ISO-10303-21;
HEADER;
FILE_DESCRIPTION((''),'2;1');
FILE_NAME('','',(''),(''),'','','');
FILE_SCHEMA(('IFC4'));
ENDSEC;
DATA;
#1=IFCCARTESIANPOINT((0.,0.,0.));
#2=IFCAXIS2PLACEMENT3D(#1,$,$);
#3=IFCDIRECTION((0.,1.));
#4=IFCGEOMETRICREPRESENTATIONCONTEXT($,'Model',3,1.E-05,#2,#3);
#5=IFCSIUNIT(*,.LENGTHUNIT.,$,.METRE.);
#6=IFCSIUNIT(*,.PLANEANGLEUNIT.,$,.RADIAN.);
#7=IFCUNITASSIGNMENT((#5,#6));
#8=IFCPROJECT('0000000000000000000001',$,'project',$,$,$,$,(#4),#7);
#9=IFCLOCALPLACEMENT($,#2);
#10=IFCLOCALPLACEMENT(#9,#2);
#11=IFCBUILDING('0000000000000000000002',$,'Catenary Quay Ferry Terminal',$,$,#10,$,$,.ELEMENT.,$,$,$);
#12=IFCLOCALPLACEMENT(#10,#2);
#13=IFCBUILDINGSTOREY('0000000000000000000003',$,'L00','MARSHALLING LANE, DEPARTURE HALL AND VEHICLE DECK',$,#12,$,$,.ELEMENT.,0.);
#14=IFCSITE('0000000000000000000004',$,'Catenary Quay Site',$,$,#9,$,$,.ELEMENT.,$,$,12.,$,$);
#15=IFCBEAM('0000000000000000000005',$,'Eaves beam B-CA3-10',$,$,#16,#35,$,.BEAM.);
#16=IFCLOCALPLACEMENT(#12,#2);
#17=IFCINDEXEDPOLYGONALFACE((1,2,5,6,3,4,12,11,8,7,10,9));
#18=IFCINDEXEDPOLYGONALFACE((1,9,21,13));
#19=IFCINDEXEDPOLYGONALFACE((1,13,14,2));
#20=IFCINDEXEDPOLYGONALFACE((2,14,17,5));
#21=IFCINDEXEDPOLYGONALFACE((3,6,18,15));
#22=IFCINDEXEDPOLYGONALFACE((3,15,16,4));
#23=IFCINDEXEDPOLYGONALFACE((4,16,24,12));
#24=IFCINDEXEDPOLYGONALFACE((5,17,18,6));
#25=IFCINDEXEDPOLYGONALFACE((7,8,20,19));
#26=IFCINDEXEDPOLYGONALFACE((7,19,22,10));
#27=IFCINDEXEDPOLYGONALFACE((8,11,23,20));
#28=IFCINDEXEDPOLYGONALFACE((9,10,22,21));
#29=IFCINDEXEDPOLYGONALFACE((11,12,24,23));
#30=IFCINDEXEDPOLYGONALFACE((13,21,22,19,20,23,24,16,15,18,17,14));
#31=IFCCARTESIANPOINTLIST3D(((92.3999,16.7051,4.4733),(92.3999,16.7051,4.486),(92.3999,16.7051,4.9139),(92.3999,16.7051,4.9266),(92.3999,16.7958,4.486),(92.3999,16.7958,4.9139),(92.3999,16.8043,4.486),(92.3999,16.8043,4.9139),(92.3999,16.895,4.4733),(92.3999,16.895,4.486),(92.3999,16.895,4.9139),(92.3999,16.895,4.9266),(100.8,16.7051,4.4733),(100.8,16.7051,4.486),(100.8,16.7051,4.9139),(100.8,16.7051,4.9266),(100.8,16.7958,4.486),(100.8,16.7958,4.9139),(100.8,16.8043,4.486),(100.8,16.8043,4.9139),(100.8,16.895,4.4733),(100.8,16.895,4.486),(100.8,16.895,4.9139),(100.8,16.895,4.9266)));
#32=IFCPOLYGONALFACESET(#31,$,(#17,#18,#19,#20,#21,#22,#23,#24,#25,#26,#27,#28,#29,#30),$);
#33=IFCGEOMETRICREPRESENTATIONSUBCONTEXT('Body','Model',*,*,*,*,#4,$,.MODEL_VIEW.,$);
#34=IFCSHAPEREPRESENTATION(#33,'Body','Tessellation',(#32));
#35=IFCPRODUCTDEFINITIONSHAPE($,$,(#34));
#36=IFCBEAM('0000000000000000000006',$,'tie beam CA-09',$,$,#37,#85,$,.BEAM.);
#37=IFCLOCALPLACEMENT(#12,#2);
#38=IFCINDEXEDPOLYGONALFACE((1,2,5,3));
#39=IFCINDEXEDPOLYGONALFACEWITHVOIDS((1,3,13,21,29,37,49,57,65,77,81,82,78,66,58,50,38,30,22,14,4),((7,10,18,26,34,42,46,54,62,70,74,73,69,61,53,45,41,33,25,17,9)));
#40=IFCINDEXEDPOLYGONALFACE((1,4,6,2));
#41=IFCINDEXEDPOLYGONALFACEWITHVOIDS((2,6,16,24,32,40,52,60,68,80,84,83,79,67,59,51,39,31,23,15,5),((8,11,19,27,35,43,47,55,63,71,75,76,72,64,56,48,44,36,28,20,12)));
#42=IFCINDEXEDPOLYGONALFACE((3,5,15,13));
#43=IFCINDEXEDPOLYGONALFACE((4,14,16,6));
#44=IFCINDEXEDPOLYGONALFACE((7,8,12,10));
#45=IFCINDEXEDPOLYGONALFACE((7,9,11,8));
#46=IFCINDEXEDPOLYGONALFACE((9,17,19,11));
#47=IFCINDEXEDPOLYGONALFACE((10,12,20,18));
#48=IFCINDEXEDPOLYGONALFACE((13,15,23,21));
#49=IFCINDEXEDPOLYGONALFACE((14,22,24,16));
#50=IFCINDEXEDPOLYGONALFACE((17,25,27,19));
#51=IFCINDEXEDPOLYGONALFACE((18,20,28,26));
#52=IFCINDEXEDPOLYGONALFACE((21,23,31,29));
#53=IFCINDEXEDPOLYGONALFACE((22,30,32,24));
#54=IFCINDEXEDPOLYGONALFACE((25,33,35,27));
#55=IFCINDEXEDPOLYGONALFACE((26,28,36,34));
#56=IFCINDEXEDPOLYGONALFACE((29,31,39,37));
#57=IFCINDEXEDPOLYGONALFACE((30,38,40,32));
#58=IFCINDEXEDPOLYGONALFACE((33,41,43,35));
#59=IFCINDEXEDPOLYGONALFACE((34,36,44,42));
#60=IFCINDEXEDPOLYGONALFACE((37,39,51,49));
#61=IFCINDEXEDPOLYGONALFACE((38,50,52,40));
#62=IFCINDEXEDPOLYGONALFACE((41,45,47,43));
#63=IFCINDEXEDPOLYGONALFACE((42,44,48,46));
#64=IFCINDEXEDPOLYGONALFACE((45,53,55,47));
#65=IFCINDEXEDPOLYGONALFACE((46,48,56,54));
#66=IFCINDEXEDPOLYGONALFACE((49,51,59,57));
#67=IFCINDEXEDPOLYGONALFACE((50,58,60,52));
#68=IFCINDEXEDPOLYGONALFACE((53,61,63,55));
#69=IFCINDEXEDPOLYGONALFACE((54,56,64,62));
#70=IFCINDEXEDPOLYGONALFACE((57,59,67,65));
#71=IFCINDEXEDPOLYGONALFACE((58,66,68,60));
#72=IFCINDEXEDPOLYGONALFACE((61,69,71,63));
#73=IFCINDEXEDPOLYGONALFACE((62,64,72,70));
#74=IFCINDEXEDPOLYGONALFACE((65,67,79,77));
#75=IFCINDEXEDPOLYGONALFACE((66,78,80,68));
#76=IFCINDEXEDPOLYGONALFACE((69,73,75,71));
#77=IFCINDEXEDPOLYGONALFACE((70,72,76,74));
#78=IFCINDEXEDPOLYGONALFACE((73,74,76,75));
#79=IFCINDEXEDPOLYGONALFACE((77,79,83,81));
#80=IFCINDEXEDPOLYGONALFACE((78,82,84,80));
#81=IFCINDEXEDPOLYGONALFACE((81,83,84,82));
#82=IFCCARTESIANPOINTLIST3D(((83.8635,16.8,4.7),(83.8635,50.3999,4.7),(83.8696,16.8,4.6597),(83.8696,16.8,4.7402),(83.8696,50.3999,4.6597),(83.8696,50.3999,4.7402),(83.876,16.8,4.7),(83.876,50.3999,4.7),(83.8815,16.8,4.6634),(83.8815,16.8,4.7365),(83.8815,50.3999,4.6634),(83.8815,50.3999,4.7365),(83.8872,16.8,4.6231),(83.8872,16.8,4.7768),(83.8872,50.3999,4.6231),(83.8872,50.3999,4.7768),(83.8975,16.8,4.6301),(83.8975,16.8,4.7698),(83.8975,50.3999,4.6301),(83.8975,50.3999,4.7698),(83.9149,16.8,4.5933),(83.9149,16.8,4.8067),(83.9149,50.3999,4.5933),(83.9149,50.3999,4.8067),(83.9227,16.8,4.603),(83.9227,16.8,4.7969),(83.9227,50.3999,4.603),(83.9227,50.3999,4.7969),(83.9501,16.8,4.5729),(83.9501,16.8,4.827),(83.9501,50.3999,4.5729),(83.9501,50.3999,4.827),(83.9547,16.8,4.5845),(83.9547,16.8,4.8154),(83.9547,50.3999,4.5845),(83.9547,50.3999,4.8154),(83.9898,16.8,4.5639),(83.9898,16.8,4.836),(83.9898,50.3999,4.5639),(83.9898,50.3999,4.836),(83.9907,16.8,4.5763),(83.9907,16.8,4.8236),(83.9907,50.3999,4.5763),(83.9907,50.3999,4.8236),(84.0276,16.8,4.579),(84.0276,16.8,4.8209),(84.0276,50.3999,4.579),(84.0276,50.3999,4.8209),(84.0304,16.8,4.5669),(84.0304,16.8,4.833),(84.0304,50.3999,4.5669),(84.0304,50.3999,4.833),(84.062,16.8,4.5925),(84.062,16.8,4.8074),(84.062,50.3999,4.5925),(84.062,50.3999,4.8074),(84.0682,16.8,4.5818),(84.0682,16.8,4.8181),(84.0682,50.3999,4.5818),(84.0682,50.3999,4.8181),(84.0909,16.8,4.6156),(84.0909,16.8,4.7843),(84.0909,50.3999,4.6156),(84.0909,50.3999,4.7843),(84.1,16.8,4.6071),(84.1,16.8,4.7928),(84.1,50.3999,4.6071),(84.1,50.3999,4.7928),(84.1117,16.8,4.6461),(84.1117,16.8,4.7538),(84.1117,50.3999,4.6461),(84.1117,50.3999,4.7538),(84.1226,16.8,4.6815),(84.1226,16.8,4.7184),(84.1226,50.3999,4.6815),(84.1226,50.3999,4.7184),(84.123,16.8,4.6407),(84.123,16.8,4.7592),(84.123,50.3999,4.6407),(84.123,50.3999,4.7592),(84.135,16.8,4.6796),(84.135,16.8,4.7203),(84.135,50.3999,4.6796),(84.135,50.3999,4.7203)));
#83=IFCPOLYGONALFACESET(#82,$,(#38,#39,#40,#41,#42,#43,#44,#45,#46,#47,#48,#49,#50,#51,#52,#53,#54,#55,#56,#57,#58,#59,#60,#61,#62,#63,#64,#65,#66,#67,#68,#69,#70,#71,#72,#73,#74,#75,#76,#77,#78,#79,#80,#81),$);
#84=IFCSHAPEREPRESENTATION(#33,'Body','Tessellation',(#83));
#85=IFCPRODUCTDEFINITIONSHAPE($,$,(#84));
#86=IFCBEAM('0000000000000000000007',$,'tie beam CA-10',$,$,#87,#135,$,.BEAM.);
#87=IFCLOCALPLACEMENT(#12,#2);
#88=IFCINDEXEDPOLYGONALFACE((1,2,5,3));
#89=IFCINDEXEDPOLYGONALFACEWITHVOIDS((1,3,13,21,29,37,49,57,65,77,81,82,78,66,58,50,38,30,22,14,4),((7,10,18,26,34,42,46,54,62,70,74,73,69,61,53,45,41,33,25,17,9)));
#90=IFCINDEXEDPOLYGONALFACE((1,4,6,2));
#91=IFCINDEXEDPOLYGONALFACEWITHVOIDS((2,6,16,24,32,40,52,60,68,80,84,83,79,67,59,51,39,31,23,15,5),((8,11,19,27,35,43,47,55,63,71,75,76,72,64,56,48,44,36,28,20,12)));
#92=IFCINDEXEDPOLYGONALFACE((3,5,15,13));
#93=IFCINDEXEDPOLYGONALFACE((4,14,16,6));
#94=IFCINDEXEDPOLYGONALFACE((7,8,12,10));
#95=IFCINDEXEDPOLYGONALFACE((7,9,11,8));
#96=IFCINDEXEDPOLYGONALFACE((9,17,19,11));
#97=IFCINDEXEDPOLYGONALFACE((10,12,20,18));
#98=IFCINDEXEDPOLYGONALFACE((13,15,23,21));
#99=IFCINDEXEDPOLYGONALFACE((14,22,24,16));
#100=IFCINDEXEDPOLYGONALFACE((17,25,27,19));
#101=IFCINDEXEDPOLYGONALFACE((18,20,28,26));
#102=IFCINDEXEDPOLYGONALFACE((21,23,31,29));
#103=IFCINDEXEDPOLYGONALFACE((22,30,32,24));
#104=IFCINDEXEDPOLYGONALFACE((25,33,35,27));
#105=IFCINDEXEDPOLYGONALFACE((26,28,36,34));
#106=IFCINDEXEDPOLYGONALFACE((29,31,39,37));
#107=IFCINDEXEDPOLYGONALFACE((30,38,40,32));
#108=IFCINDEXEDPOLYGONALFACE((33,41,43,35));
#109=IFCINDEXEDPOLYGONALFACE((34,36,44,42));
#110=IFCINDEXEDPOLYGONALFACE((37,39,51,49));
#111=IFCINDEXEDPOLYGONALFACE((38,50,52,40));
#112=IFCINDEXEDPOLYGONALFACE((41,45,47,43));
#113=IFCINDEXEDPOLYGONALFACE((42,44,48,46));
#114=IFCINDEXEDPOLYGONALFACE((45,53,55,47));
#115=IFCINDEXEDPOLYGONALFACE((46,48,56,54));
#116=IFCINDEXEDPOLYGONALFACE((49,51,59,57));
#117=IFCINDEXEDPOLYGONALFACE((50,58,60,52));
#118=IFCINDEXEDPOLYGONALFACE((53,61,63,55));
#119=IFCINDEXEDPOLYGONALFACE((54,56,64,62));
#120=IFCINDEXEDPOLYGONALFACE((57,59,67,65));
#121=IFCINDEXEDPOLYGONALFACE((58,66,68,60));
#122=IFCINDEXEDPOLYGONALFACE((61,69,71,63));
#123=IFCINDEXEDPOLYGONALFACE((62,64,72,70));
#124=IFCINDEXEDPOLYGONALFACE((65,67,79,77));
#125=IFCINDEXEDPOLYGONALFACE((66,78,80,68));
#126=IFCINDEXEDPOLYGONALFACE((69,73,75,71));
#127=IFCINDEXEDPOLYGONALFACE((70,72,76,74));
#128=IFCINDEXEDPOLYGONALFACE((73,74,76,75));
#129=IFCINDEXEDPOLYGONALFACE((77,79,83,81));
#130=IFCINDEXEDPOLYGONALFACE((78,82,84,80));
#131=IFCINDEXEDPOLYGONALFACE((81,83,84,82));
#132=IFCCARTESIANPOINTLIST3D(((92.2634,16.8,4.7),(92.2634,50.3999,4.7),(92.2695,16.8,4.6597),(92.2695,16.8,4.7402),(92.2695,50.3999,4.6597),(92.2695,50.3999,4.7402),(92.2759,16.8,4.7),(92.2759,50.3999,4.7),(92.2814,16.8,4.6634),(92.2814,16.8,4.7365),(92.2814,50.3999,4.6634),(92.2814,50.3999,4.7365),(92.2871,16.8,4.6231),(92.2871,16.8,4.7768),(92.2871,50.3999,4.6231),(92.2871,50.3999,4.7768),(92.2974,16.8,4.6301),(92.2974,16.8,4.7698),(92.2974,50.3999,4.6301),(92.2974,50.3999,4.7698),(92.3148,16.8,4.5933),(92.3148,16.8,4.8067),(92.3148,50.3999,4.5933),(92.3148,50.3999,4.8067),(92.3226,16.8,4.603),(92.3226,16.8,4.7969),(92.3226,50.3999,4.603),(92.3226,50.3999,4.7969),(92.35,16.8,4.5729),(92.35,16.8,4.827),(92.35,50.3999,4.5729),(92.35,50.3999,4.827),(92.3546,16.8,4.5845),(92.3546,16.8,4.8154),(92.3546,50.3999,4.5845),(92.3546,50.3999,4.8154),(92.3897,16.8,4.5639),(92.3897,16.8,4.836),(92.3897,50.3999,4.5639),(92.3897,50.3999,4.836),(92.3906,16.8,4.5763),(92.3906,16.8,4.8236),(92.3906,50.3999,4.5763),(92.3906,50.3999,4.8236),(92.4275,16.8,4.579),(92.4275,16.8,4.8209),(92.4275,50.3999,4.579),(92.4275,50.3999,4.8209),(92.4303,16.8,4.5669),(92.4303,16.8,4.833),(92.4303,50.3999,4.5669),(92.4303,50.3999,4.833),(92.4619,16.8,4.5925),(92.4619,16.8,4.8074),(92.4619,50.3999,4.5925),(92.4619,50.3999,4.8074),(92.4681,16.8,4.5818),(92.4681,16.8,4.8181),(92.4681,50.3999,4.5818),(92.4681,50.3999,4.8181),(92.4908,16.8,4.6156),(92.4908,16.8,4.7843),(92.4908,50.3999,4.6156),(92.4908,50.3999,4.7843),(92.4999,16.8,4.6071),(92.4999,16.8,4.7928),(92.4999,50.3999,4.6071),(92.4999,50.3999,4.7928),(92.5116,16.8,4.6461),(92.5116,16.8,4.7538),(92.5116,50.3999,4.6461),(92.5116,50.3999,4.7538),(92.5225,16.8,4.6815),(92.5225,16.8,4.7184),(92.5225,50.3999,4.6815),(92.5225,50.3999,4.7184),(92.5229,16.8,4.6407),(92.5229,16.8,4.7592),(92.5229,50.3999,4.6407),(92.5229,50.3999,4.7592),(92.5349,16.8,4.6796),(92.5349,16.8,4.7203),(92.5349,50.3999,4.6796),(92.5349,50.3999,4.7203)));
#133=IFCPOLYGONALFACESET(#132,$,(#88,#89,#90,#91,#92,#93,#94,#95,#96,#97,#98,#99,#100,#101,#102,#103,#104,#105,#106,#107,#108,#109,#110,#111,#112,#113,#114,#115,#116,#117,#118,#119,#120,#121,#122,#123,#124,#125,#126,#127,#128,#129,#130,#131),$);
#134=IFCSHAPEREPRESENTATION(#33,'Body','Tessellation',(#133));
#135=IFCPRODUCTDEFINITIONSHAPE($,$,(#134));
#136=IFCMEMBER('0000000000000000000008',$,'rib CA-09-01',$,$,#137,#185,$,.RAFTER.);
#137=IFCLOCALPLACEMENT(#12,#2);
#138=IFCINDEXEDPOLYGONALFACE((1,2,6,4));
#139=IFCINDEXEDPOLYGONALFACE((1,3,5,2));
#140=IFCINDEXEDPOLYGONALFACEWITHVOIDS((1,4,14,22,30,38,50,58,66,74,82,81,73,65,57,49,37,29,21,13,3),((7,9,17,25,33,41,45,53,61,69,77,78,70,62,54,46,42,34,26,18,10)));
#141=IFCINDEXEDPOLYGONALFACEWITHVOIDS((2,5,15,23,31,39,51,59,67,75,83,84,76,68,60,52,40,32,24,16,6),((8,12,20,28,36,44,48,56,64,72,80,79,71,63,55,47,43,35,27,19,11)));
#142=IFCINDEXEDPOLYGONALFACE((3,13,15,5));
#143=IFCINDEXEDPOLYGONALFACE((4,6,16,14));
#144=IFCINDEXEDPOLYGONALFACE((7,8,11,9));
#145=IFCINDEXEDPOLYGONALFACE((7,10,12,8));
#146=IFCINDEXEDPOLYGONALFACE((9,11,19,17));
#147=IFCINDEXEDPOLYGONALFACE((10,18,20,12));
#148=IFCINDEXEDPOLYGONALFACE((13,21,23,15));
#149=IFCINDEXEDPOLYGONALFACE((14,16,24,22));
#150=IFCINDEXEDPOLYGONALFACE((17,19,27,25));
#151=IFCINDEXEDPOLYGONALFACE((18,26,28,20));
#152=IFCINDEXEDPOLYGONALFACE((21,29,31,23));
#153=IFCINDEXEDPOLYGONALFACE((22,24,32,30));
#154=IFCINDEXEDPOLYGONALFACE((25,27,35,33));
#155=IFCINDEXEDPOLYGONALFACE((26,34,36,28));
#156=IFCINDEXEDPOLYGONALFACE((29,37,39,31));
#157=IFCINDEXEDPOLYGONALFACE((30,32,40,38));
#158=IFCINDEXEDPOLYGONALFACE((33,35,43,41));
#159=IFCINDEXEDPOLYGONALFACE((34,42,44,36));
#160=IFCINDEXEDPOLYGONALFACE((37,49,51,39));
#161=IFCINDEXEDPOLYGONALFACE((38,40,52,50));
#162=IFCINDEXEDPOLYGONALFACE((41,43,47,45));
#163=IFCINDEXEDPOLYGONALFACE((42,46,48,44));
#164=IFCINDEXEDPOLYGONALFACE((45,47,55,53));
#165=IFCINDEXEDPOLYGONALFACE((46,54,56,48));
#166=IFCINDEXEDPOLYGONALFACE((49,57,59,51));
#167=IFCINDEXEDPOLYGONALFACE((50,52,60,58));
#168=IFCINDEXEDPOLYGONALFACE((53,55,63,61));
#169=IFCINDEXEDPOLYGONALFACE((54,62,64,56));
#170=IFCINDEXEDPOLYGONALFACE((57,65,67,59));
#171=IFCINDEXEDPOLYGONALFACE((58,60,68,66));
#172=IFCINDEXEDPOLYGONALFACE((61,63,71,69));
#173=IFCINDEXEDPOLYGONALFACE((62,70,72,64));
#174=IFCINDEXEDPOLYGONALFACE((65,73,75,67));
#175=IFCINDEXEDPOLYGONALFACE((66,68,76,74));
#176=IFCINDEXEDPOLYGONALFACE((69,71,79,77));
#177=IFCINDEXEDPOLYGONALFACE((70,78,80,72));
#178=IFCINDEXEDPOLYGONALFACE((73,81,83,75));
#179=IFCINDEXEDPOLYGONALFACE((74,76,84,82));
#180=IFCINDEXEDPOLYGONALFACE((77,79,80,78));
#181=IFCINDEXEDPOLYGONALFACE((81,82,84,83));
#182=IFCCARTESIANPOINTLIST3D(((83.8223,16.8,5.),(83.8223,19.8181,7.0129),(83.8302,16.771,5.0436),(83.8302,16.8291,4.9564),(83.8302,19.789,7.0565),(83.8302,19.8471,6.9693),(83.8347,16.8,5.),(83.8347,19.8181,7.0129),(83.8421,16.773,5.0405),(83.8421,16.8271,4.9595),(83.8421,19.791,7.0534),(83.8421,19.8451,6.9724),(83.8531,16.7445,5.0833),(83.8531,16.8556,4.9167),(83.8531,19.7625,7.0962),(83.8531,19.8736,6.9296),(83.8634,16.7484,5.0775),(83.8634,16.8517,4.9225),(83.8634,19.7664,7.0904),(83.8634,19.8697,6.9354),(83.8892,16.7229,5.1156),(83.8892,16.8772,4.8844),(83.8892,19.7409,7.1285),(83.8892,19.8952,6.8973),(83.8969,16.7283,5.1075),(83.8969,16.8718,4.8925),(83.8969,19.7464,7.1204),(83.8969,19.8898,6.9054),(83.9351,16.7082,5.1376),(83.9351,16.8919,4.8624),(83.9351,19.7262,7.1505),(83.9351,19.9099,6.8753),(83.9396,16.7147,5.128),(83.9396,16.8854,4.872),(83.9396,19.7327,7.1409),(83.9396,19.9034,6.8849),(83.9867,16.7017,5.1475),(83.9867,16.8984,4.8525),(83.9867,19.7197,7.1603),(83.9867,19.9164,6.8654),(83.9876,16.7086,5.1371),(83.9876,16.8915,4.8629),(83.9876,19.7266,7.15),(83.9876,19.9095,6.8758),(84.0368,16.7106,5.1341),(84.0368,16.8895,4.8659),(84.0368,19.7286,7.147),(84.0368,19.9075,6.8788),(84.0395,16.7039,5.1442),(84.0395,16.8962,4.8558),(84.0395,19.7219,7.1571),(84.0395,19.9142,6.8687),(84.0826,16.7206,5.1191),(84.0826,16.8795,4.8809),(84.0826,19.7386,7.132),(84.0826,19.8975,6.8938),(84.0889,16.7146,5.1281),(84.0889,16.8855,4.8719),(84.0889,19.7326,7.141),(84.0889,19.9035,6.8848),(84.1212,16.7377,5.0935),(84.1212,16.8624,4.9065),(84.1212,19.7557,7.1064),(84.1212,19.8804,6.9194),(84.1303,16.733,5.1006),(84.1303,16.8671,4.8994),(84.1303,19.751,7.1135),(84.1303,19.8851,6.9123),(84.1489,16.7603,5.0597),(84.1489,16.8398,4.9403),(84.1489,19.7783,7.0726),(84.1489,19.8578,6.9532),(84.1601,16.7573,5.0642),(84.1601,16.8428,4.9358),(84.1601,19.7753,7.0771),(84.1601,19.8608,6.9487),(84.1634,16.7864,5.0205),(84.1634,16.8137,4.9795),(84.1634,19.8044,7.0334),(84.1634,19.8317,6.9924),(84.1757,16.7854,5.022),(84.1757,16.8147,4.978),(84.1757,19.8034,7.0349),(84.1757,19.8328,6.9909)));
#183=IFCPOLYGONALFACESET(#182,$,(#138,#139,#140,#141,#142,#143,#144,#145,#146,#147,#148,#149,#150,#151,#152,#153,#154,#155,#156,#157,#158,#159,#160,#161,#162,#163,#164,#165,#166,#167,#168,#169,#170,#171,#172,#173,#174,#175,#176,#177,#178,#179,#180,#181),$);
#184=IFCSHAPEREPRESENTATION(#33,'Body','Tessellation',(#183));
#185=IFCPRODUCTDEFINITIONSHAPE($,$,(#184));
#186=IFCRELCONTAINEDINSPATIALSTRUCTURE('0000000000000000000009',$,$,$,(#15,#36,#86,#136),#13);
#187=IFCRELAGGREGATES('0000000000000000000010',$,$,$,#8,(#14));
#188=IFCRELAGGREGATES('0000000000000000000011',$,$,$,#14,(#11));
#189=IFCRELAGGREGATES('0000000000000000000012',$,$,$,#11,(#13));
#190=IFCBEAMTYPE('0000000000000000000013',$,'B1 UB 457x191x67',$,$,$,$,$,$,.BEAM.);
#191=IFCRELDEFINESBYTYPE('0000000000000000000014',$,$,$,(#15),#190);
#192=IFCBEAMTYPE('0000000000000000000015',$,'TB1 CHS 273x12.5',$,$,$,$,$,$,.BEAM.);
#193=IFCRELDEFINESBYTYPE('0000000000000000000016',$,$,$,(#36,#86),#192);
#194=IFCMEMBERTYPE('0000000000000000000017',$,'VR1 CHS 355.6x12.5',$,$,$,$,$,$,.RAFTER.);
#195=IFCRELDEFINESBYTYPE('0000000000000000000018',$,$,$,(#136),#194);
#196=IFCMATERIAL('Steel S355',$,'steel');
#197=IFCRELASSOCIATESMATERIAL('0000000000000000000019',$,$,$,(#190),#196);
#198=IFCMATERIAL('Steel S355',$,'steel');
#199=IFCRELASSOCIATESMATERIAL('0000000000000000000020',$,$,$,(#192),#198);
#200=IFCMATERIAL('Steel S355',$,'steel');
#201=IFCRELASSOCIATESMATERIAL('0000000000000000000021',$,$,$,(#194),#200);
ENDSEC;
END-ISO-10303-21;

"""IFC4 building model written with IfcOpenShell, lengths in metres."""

from ifc_helpers import new_model, si_unit, direction, frame, origin, origin_2d, place, context, subcontext, project, spatial, hollow_circle, i_section, extrude, material, material_profile, profile_set, type_object, element, save


model = new_model("IFC4")

# Units and contexts
model_context = context("Model", 3, precision=1e-05, world=origin(), true_north=direction((0.0, 1.0)))
body_context = subcontext(model_context, "Body", "Model", "MODEL_VIEW")
ifc_project = project(units=[si_unit("LENGTHUNIT", "METRE"), si_unit("PLANEANGLEUNIT", "RADIAN")], contexts=[model_context])

# Site, building, storey
site_placement = place(None, origin())
site = spatial("IfcSite", under=ifc_project, at=site_placement, Name="Catenary Quay Site", CompositionType="ELEMENT", RefElevation=12.0)
building_placement = place(site_placement, origin())
building = spatial("IfcBuilding", under=site, at=building_placement, Name="Catenary Quay Ferry Terminal", CompositionType="ELEMENT")
storey_placement = place(building_placement, origin())
storey = spatial("IfcBuildingStorey", under=building, at=storey_placement, Name="L00", Description="MARSHALLING LANE, DEPARTURE HALL AND VEHICLE DECK", CompositionType="ELEMENT", Elevation=0.0)

# Beams
ifc_material_1 = material(Name="Steel S355", Category="steel")
ifc_material_profile_1 = material_profile(ifc_material_1, i_section(OverallWidth=0.1899, OverallDepth=0.4534, WebThickness=0.0085, FlangeThickness=0.0127, at=origin_2d()), Name="UB 457x191x67")
ifc_profile_set_1 = profile_set([ifc_material_profile_1], Name="Steel S355")
beam_type_1 = type_object("IfcBeamType", Name="B1 UB 457x191x67", PredefinedType="BEAM", material=ifc_profile_set_1)
beam_1_placement = place(storey_placement, frame((92.3999, 16.8, 4.7), z_axis=(1.0, 0.0, 0.0), x_axis=(0.0, 1.0, 0.0)))
element("IfcBeam", 1, at=beam_1_placement, inside=storey, type_object=beam_type_1, Name="Eaves beam B-CA3-10", PredefinedType="BEAM", context=body_context, shape_type="SweptSolid", body=[
    extrude(i_section(OverallWidth=0.1899, OverallDepth=0.4534, WebThickness=0.0085, FlangeThickness=0.0127, at=origin_2d()), origin(), (0.0, 0.0, 1.0), 8.4001),
])
ifc_material_2 = material(Name="Steel S355", Category="steel")
ifc_material_profile_2 = material_profile(ifc_material_2, hollow_circle(Radius=0.1365, WallThickness=0.0125, at=origin_2d()), Name="CHS 273x12.5")
ifc_profile_set_2 = profile_set([ifc_material_profile_2], Name="Steel S355")
beam_type_2 = type_object("IfcBeamType", Name="TB1 CHS 273x12.5", PredefinedType="BEAM", material=ifc_profile_set_2)
for number, where, z_axis, x_axis, name in (
    (2, (84.0, 16.8, 4.7), (0.0, 1.0, 0.0), (-1.0, 0.0, 0.0), "tie beam CA-09"),
    (3, (92.3999, 16.8, 4.7), (0.0, 1.0, 0.0), (-1.0, 0.0, 0.0), "tie beam CA-10"),
):
    element("IfcBeam", number, at=place(storey_placement, frame(where, z_axis=z_axis, x_axis=x_axis)), inside=storey, type_object=beam_type_2, Name=name, PredefinedType="BEAM", context=body_context, shape_type="SweptSolid", body=[
        extrude(hollow_circle(Radius=0.1365, WallThickness=0.0125, at=origin_2d()), origin(), (0.0, 0.0, 1.0), 33.5999),
    ])

# Member
ifc_material_3 = material(Name="Steel S355", Category="steel")
ifc_material_profile_3 = material_profile(ifc_material_3, hollow_circle(Radius=0.1777, WallThickness=0.0125, at=origin_2d()), Name="CHS 355.6x12.5")
ifc_profile_set_3 = profile_set([ifc_material_profile_3], Name="Steel S355")
member_type = type_object("IfcMemberType", Name="VR1 CHS 355.6x12.5", PredefinedType="RAFTER", material=ifc_profile_set_3)
for number, where, z_axis, x_axis, name in (
    (4, (84.0, 16.8, 5.0), (0.0, 0.831936, 0.554871), (-1.0, 0.0, 0.0), "rib CA-09-01"),
):
    element("IfcMember", number, at=place(storey_placement, frame(where, z_axis=z_axis, x_axis=x_axis)), inside=storey, type_object=member_type, Name=name, PredefinedType="RAFTER", context=body_context, shape_type="SweptSolid", body=[
        extrude(hollow_circle(Radius=0.1777, WallThickness=0.0125, at=origin_2d()), origin(), (0.0, 0.0, 1.0), 3.6277),
    ])

save(model, "model.ifc")
